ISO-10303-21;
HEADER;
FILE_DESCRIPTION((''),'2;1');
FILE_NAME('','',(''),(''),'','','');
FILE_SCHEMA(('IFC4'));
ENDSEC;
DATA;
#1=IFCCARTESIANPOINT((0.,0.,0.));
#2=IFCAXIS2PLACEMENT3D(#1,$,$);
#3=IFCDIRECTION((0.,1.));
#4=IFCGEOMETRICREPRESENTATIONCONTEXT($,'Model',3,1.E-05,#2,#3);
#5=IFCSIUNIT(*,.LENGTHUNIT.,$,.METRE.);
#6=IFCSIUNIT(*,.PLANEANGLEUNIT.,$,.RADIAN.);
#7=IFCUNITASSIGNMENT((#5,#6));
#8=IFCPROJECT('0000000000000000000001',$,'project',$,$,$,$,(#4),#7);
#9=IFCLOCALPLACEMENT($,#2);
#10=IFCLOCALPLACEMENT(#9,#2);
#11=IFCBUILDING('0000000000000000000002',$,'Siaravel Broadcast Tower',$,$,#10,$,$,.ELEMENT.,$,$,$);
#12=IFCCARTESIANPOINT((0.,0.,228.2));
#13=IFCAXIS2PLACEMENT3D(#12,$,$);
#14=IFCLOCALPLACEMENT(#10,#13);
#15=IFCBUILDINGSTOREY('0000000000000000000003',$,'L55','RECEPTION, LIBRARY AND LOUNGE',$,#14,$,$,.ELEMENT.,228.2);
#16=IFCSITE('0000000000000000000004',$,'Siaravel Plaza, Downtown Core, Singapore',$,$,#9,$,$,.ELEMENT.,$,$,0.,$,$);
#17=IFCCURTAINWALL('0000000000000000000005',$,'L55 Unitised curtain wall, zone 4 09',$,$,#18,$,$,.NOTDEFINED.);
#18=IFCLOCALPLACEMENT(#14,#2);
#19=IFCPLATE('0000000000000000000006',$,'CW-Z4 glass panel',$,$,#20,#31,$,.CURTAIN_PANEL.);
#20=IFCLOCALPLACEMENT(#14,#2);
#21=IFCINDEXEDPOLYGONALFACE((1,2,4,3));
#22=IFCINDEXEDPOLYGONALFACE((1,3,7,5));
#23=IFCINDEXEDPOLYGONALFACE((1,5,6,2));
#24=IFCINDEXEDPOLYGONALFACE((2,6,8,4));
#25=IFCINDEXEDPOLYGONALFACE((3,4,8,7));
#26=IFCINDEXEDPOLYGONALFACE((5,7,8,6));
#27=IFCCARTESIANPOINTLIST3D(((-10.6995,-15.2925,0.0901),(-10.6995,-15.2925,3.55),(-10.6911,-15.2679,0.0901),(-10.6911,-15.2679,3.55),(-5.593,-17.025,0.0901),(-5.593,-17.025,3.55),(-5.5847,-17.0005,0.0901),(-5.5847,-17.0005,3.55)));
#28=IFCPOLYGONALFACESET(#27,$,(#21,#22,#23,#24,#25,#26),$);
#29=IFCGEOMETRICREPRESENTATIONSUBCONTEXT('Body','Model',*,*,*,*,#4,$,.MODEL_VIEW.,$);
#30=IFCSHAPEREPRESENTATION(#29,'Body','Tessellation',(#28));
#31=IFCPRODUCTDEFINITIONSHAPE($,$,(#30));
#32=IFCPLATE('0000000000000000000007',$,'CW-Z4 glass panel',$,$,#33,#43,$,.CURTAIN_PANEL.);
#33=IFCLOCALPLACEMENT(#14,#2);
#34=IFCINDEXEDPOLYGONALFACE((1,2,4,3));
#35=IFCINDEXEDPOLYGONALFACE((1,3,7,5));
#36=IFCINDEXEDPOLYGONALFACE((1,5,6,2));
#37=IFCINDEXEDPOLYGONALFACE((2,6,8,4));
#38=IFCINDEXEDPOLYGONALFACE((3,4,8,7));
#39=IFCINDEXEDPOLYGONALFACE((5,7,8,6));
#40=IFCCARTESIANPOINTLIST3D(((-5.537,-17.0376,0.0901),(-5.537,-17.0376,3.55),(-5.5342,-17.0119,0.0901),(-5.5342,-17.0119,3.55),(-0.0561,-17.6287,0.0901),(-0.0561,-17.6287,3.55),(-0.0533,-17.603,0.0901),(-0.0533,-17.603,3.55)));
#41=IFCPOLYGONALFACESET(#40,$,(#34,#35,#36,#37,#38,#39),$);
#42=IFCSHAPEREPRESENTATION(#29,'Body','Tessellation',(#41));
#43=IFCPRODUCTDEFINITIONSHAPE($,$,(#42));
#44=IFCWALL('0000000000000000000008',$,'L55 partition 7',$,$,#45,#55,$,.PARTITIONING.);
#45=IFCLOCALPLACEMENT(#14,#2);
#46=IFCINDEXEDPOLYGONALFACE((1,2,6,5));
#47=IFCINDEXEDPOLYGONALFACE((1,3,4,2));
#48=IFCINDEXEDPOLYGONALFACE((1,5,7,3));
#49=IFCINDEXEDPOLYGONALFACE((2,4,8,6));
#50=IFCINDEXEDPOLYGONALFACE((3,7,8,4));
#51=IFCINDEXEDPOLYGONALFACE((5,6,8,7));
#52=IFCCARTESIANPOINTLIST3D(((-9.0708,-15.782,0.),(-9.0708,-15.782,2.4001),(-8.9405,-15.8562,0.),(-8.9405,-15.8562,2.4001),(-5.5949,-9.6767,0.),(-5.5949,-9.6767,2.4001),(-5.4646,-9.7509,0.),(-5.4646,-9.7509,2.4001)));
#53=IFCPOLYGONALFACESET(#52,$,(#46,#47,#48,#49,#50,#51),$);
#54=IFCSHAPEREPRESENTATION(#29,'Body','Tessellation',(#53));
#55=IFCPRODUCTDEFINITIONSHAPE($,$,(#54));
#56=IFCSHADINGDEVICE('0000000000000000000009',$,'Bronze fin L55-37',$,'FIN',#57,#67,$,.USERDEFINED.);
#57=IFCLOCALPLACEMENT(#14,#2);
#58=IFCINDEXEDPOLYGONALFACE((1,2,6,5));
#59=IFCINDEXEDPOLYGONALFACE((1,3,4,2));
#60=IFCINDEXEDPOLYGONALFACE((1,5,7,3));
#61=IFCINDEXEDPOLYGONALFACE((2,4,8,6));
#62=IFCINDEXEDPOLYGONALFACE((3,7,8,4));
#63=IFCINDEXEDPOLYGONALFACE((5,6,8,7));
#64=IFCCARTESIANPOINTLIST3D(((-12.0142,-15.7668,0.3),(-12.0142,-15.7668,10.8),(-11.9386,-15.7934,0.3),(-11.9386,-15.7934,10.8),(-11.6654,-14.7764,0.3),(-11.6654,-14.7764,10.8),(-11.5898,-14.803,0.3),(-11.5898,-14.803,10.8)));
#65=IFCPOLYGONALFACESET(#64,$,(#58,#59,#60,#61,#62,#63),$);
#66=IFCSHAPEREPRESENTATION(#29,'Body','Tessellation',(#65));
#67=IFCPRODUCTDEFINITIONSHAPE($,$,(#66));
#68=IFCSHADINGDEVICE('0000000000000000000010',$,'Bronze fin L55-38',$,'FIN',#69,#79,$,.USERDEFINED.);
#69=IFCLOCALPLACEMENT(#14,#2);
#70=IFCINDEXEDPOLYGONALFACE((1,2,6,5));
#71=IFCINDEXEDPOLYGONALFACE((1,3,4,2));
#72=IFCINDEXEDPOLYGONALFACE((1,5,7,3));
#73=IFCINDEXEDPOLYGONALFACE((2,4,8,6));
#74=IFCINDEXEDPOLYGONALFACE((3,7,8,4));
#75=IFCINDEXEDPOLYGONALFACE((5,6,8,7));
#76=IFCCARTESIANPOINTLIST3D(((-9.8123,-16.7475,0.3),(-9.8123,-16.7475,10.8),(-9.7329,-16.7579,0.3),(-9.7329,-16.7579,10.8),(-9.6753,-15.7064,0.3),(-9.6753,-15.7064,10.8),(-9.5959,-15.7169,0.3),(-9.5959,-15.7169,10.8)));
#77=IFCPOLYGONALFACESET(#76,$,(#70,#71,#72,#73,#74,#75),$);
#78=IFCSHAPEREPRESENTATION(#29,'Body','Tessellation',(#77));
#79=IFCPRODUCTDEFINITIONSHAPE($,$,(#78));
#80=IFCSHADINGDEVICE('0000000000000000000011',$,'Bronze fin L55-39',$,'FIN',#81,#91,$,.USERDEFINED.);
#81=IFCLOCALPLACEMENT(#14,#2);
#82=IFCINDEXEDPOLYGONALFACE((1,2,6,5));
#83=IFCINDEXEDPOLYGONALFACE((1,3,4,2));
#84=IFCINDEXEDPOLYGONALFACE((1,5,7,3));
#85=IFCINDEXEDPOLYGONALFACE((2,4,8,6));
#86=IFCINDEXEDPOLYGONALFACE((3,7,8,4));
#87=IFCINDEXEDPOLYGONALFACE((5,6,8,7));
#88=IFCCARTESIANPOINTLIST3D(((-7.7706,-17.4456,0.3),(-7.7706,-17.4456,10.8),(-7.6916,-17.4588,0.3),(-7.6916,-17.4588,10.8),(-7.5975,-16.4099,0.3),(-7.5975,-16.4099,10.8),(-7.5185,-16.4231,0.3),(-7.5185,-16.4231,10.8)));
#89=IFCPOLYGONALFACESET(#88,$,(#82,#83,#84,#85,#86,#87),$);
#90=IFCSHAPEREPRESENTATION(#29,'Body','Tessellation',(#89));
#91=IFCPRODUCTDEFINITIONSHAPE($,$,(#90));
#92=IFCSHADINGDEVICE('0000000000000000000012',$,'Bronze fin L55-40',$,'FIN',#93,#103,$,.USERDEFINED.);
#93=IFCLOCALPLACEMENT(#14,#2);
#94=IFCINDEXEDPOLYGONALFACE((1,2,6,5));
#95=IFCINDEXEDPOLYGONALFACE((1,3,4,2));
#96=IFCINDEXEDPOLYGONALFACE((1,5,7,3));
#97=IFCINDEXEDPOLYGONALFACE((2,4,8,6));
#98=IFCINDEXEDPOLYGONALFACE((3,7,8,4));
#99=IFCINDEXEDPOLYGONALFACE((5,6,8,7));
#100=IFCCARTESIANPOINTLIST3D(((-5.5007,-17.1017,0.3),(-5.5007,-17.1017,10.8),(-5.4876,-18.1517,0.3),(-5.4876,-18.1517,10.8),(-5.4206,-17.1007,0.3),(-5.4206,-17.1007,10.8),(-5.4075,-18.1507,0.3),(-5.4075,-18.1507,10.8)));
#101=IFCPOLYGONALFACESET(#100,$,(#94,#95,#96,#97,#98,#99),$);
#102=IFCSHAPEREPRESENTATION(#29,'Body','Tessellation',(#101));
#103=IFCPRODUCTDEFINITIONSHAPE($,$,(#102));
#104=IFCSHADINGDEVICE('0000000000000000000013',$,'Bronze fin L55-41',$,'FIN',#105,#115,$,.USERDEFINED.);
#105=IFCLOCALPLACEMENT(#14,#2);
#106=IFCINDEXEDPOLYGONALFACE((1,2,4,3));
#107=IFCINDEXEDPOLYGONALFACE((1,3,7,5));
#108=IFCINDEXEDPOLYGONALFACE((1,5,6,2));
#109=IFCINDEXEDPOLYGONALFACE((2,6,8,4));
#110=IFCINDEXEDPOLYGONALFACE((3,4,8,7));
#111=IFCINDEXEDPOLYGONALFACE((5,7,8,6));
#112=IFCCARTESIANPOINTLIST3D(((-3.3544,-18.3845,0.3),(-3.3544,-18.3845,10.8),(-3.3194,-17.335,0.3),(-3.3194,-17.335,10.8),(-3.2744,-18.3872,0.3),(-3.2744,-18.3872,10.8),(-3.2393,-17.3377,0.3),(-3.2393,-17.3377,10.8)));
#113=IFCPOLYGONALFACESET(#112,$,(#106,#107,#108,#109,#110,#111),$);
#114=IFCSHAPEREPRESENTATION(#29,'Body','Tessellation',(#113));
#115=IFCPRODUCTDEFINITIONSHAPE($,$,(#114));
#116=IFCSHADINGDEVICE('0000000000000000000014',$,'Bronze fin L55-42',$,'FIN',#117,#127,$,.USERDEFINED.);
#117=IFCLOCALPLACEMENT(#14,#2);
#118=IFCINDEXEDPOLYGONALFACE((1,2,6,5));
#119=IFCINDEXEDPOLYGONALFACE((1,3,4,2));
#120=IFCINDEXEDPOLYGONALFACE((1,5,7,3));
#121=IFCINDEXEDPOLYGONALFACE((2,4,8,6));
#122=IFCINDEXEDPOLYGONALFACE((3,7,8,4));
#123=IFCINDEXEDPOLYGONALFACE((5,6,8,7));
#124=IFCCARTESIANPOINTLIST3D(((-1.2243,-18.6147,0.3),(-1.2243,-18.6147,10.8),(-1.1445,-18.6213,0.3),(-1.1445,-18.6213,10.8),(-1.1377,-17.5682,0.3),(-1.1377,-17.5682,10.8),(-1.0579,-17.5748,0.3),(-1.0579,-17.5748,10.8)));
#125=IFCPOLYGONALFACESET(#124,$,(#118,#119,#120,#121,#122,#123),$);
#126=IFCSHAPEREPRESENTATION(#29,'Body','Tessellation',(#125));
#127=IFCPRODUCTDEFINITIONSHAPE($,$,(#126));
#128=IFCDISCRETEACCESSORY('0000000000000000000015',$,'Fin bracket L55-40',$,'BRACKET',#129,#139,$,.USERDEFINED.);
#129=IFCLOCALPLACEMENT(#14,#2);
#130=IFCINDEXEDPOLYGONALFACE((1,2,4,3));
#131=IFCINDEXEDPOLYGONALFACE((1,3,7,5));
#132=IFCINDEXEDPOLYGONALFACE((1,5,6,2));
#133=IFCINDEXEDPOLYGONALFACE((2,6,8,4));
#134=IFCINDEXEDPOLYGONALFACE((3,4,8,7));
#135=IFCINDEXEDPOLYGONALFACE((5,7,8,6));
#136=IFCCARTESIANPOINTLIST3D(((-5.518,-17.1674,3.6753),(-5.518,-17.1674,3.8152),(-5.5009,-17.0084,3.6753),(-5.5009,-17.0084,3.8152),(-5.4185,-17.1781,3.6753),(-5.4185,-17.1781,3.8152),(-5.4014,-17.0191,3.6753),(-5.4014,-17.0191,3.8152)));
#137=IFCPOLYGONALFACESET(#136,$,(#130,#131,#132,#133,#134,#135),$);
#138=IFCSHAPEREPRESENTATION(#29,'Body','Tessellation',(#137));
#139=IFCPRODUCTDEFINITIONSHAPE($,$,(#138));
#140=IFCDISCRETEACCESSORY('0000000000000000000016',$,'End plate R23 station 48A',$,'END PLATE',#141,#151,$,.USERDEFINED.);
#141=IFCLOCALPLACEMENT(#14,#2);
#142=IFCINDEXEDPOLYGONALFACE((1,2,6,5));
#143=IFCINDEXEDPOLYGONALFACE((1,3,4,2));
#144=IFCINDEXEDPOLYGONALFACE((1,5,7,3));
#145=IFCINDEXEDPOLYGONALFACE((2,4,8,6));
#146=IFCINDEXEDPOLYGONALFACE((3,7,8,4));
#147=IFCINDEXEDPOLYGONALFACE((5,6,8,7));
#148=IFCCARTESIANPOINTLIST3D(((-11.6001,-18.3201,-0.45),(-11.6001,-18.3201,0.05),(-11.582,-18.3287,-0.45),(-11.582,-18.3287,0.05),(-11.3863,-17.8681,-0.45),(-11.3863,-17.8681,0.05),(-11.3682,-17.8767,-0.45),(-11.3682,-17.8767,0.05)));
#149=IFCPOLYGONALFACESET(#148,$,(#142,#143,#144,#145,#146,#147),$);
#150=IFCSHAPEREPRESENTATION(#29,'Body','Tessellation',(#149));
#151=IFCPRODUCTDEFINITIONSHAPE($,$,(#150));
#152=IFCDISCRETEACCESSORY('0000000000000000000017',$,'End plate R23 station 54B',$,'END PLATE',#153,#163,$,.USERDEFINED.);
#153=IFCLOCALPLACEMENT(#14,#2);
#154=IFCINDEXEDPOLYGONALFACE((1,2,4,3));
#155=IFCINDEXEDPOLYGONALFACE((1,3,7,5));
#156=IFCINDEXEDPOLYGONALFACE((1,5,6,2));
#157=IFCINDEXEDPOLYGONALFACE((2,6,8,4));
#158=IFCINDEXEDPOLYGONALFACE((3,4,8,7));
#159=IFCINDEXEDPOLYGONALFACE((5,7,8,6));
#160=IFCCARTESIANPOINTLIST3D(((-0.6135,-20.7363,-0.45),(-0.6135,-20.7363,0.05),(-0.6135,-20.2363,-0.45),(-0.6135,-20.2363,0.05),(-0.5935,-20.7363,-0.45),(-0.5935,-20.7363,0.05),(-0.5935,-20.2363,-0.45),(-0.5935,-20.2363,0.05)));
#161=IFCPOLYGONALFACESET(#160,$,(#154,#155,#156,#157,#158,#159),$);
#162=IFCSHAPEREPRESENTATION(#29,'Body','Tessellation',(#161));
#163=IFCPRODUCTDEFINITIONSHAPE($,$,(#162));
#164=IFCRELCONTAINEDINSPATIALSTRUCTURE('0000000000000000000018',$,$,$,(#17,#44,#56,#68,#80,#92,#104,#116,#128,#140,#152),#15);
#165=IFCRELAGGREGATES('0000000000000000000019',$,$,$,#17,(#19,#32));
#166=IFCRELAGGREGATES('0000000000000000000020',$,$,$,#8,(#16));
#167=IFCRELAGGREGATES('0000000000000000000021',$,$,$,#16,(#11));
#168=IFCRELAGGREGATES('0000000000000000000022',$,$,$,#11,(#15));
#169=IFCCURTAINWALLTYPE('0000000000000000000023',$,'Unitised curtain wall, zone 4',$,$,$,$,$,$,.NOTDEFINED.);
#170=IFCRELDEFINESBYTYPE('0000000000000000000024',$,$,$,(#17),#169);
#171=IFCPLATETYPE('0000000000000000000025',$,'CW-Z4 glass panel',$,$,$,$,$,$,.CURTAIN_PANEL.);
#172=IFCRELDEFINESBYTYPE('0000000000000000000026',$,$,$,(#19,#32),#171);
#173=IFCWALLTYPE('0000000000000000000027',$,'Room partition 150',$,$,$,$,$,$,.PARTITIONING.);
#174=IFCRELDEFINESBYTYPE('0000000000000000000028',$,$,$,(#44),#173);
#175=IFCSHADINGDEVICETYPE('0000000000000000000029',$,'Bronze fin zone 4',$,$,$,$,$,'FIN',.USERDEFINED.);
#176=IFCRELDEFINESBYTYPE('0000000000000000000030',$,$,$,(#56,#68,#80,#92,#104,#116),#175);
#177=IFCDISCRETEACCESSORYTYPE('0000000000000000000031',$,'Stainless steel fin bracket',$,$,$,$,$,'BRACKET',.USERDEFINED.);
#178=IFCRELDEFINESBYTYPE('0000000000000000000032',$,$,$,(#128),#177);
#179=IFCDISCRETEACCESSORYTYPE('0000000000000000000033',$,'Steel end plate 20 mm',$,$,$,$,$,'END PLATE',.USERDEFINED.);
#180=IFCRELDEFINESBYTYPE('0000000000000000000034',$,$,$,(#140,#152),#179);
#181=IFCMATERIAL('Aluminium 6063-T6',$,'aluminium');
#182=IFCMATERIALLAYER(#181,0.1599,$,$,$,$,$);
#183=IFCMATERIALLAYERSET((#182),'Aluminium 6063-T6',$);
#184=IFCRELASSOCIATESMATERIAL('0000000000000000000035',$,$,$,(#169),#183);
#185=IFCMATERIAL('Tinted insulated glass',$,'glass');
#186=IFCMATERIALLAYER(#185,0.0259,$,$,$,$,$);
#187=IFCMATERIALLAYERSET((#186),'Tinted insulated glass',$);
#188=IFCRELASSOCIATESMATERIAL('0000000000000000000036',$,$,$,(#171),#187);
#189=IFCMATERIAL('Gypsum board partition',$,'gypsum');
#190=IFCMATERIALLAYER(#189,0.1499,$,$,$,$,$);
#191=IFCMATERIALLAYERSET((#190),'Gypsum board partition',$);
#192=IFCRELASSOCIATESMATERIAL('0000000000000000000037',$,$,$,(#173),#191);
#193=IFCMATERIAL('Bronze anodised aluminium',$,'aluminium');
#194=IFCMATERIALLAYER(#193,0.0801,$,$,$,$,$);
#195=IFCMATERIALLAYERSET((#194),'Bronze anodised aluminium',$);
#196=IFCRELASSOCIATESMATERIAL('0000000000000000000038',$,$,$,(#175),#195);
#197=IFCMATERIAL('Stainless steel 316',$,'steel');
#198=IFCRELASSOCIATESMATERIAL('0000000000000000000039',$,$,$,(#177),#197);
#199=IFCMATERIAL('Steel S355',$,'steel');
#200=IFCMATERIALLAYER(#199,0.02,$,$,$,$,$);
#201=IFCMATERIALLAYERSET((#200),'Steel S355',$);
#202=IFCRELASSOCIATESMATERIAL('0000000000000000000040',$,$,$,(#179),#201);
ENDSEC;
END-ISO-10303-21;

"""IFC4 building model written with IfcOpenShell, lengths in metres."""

from ifc_helpers import new_model, si_unit, direction, frame, frame_2d, origin, origin_2d, place, context, subcontext, project, spatial, rectangle, extrude, material, layer, layer_set, type_object, element, aggregate, save


model = new_model("IFC4")

# Units and contexts
model_context = context("Model", 3, precision=1e-05, world=origin(), true_north=direction((0.0, 1.0)))
body_context = subcontext(model_context, "Body", "Model", "MODEL_VIEW")
ifc_project = project(units=[si_unit("LENGTHUNIT", "METRE"), si_unit("PLANEANGLEUNIT", "RADIAN")], contexts=[model_context])

# Site, building, storey
site_placement = place(None, origin())
site = spatial("IfcSite", under=ifc_project, at=site_placement, Name="Siaravel Plaza, Downtown Core, Singapore", CompositionType="ELEMENT", RefElevation=0.0)
building_placement = place(site_placement, origin())
building = spatial("IfcBuilding", under=site, at=building_placement, Name="Siaravel Broadcast Tower", CompositionType="ELEMENT")
storey_placement = place(building_placement, frame((0.0, 0.0, 228.2)))
storey = spatial("IfcBuildingStorey", under=building, at=storey_placement, Name="L55", Description="RECEPTION, LIBRARY AND LOUNGE", CompositionType="ELEMENT", Elevation=228.2)

# Shared definitions
ifc_material_1 = material(Name="Steel S355", Category="steel")

# Curtain wall
ifc_material_2 = material(Name="Aluminium 6063-T6", Category="aluminium")
ifc_layer_1 = layer(ifc_material_2, 0.1599)
ifc_layer_set_1 = layer_set([ifc_layer_1], Name="Aluminium 6063-T6")
curtain_wall_type = type_object("IfcCurtainWallType", Name="Unitised curtain wall, zone 4", PredefinedType="NOTDEFINED", material=ifc_layer_set_1)
curtain_wall_placement = place(storey_placement, origin())
curtain_wall = element("IfcCurtainWall", 1, at=curtain_wall_placement, inside=storey, type_object=curtain_wall_type, Name="L55 Unitised curtain wall, zone 4 09", PredefinedType="NOTDEFINED")

# Plates
ifc_material_3 = material(Name="Tinted insulated glass", Category="glass")
ifc_layer_2 = layer(ifc_material_3, 0.0259)
ifc_layer_set_2 = layer_set([ifc_layer_2], Name="Tinted insulated glass")
plate_type = type_object("IfcPlateType", Name="CW-Z4 glass panel", PredefinedType="CURTAIN_PANEL", material=ifc_layer_set_2)
plate_1_placement = place(storey_placement, frame((-8.1421, -16.1465, 0.0901), z_axis=(0.0, 0.0, 1.0), x_axis=(0.946977, -0.321301, 0.0)))
plate_1 = element("IfcPlate", 2, at=plate_1_placement, type_object=plate_type, Name="CW-Z4 glass panel", PredefinedType="CURTAIN_PANEL", context=body_context, shape_type="SweptSolid", body=[
    extrude(rectangle(XDim=5.3923, YDim=0.0259, at=origin_2d()), origin(), (0.0, 0.0, 1.0), 3.46),
])
plate_2_placement = place(storey_placement, frame((-2.7952, -17.3203, 0.0901), z_axis=(0.0, 0.0, 1.0), x_axis=(0.994236, -0.107218, 0.0)))
plate_2 = element("IfcPlate", 3, at=plate_2_placement, type_object=plate_type, Name="CW-Z4 glass panel", PredefinedType="CURTAIN_PANEL", context=body_context, shape_type="SweptSolid", body=[
    extrude(rectangle(XDim=5.5127, YDim=0.0259, at=origin_2d()), origin(), (0.0, 0.0, 1.0), 3.46),
])
aggregate(curtain_wall, [plate_1, plate_2])

# Wall
ifc_material_4 = material(Name="Gypsum board partition", Category="gypsum")
ifc_layer_3 = layer(ifc_material_4, 0.1499)
ifc_layer_set_3 = layer_set([ifc_layer_3], Name="Gypsum board partition")
wall_type = type_object("IfcWallType", Name="Room partition 150", PredefinedType="PARTITIONING", material=ifc_layer_set_3)
wall_placement = place(storey_placement, frame((-9.0056, -15.8191, 0.0), z_axis=(0.0, 0.0, 1.0), x_axis=(0.494757, 0.869031, 0.0)))
element("IfcWall", 4, at=wall_placement, inside=storey, type_object=wall_type, Name="L55 partition 7", PredefinedType="PARTITIONING", context=body_context, shape_type="SweptSolid", body=[
    extrude(rectangle(XDim=7.0254, YDim=0.1499, at=frame_2d((3.5127, 0.0))), origin(), (0.0, 0.0, 1.0), 2.4001),
])

# Shading devices
ifc_material_5 = material(Name="Bronze anodised aluminium", Category="aluminium")
ifc_layer_4 = layer(ifc_material_5, 0.0801)
ifc_layer_set_4 = layer_set([ifc_layer_4], Name="Bronze anodised aluminium")
shading_device_type = type_object("IfcShadingDeviceType", Name="Bronze fin zone 4", ElementType="FIN", PredefinedType="USERDEFINED", material=ifc_layer_set_4)
for number, where, z_axis, x_axis, name in (
    (5, (-11.802, -15.2849, 0.3), (0.0, 0.0, 1.0), (-0.332178, -0.943217, 0.0), "Bronze fin L55-37"),
    (6, (-9.7041, -16.2322, 0.3), (0.0, 0.0, 1.0), (-0.13049, -0.99145, 0.0), "Bronze fin L55-38"),
    (7, (-7.6445, -16.9343, 0.3), (0.0, 0.0, 1.0), (-0.164877, -0.986314, 0.0), "Bronze fin L55-39"),
    (8, (-5.4541, -17.6262, 0.3), (0.0, 0.0, 1.0), (0.012484, -0.999922, 0.0), "Bronze fin L55-40"),
    (9, (-3.2969, -17.8611, 0.3), (0.0, 0.0, 1.0), (-0.033358, -0.999443, 0.0), "Bronze fin L55-41"),
    (10, (-1.1411, -18.0947, 0.3), (0.0, 0.0, 1.0), (-0.082453, -0.996595, 0.0), "Bronze fin L55-42"),
):
    element("IfcShadingDevice", number, at=place(storey_placement, frame(where, z_axis=z_axis, x_axis=x_axis)), inside=storey, type_object=shading_device_type, Name=name, ObjectType="FIN", PredefinedType="USERDEFINED", context=body_context, shape_type="SweptSolid", body=[
        extrude(rectangle(XDim=1.05, YDim=0.0801, at=origin_2d()), origin(), (0.0, 0.0, 1.0), 10.5),
    ])

# Discrete accessories
ifc_material_6 = material(Name="Stainless steel 316", Category="steel")
discrete_accessory_type_1 = type_object("IfcDiscreteAccessoryType", Name="Stainless steel fin bracket", ElementType="BRACKET", PredefinedType="USERDEFINED", material=ifc_material_6)
discrete_accessory_placement = place(storey_placement, frame((-5.4597, -17.0933, 3.6753), z_axis=(0.0, 0.0, 1.0), x_axis=(-0.107219, -0.994235, 0.0)))
element("IfcDiscreteAccessory", 11, at=discrete_accessory_placement, inside=storey, type_object=discrete_accessory_type_1, Name="Fin bracket L55-40", ObjectType="BRACKET", PredefinedType="USERDEFINED", context=body_context, shape_type="SweptSolid", body=[
    extrude(rectangle(XDim=0.1599, YDim=0.1001, at=origin_2d()), origin(), (0.0, 0.0, 1.0), 0.1399),
])
ifc_layer_5 = layer(ifc_material_1, 0.02)
ifc_layer_set_5 = layer_set([ifc_layer_5], Name="Steel S355")
discrete_accessory_type_2 = type_object("IfcDiscreteAccessoryType", Name="Steel end plate 20 mm", ElementType="END PLATE", PredefinedType="USERDEFINED", material=ifc_layer_set_5)
for number, where, z_axis, x_axis, name in (
    (12, (-11.4841, -18.0984, -0.45), (0.0, 0.0, 1.0), (0.904006, -0.427519, 0.0), "End plate R23 station 48A"),
    (13, (-0.6035, -20.4863, -0.45), (0.0, 0.0, 1.0), (1.0, 0.0, 0.0), "End plate R23 station 54B"),
):
    element("IfcDiscreteAccessory", number, at=place(storey_placement, frame(where, z_axis=z_axis, x_axis=x_axis)), inside=storey, type_object=discrete_accessory_type_2, Name=name, ObjectType="END PLATE", PredefinedType="USERDEFINED", context=body_context, shape_type="SweptSolid", body=[
        extrude(rectangle(XDim=0.02, YDim=0.5, at=origin_2d()), origin(), (0.0, 0.0, 1.0), 0.5),
    ])

save(model, "model.ifc")
